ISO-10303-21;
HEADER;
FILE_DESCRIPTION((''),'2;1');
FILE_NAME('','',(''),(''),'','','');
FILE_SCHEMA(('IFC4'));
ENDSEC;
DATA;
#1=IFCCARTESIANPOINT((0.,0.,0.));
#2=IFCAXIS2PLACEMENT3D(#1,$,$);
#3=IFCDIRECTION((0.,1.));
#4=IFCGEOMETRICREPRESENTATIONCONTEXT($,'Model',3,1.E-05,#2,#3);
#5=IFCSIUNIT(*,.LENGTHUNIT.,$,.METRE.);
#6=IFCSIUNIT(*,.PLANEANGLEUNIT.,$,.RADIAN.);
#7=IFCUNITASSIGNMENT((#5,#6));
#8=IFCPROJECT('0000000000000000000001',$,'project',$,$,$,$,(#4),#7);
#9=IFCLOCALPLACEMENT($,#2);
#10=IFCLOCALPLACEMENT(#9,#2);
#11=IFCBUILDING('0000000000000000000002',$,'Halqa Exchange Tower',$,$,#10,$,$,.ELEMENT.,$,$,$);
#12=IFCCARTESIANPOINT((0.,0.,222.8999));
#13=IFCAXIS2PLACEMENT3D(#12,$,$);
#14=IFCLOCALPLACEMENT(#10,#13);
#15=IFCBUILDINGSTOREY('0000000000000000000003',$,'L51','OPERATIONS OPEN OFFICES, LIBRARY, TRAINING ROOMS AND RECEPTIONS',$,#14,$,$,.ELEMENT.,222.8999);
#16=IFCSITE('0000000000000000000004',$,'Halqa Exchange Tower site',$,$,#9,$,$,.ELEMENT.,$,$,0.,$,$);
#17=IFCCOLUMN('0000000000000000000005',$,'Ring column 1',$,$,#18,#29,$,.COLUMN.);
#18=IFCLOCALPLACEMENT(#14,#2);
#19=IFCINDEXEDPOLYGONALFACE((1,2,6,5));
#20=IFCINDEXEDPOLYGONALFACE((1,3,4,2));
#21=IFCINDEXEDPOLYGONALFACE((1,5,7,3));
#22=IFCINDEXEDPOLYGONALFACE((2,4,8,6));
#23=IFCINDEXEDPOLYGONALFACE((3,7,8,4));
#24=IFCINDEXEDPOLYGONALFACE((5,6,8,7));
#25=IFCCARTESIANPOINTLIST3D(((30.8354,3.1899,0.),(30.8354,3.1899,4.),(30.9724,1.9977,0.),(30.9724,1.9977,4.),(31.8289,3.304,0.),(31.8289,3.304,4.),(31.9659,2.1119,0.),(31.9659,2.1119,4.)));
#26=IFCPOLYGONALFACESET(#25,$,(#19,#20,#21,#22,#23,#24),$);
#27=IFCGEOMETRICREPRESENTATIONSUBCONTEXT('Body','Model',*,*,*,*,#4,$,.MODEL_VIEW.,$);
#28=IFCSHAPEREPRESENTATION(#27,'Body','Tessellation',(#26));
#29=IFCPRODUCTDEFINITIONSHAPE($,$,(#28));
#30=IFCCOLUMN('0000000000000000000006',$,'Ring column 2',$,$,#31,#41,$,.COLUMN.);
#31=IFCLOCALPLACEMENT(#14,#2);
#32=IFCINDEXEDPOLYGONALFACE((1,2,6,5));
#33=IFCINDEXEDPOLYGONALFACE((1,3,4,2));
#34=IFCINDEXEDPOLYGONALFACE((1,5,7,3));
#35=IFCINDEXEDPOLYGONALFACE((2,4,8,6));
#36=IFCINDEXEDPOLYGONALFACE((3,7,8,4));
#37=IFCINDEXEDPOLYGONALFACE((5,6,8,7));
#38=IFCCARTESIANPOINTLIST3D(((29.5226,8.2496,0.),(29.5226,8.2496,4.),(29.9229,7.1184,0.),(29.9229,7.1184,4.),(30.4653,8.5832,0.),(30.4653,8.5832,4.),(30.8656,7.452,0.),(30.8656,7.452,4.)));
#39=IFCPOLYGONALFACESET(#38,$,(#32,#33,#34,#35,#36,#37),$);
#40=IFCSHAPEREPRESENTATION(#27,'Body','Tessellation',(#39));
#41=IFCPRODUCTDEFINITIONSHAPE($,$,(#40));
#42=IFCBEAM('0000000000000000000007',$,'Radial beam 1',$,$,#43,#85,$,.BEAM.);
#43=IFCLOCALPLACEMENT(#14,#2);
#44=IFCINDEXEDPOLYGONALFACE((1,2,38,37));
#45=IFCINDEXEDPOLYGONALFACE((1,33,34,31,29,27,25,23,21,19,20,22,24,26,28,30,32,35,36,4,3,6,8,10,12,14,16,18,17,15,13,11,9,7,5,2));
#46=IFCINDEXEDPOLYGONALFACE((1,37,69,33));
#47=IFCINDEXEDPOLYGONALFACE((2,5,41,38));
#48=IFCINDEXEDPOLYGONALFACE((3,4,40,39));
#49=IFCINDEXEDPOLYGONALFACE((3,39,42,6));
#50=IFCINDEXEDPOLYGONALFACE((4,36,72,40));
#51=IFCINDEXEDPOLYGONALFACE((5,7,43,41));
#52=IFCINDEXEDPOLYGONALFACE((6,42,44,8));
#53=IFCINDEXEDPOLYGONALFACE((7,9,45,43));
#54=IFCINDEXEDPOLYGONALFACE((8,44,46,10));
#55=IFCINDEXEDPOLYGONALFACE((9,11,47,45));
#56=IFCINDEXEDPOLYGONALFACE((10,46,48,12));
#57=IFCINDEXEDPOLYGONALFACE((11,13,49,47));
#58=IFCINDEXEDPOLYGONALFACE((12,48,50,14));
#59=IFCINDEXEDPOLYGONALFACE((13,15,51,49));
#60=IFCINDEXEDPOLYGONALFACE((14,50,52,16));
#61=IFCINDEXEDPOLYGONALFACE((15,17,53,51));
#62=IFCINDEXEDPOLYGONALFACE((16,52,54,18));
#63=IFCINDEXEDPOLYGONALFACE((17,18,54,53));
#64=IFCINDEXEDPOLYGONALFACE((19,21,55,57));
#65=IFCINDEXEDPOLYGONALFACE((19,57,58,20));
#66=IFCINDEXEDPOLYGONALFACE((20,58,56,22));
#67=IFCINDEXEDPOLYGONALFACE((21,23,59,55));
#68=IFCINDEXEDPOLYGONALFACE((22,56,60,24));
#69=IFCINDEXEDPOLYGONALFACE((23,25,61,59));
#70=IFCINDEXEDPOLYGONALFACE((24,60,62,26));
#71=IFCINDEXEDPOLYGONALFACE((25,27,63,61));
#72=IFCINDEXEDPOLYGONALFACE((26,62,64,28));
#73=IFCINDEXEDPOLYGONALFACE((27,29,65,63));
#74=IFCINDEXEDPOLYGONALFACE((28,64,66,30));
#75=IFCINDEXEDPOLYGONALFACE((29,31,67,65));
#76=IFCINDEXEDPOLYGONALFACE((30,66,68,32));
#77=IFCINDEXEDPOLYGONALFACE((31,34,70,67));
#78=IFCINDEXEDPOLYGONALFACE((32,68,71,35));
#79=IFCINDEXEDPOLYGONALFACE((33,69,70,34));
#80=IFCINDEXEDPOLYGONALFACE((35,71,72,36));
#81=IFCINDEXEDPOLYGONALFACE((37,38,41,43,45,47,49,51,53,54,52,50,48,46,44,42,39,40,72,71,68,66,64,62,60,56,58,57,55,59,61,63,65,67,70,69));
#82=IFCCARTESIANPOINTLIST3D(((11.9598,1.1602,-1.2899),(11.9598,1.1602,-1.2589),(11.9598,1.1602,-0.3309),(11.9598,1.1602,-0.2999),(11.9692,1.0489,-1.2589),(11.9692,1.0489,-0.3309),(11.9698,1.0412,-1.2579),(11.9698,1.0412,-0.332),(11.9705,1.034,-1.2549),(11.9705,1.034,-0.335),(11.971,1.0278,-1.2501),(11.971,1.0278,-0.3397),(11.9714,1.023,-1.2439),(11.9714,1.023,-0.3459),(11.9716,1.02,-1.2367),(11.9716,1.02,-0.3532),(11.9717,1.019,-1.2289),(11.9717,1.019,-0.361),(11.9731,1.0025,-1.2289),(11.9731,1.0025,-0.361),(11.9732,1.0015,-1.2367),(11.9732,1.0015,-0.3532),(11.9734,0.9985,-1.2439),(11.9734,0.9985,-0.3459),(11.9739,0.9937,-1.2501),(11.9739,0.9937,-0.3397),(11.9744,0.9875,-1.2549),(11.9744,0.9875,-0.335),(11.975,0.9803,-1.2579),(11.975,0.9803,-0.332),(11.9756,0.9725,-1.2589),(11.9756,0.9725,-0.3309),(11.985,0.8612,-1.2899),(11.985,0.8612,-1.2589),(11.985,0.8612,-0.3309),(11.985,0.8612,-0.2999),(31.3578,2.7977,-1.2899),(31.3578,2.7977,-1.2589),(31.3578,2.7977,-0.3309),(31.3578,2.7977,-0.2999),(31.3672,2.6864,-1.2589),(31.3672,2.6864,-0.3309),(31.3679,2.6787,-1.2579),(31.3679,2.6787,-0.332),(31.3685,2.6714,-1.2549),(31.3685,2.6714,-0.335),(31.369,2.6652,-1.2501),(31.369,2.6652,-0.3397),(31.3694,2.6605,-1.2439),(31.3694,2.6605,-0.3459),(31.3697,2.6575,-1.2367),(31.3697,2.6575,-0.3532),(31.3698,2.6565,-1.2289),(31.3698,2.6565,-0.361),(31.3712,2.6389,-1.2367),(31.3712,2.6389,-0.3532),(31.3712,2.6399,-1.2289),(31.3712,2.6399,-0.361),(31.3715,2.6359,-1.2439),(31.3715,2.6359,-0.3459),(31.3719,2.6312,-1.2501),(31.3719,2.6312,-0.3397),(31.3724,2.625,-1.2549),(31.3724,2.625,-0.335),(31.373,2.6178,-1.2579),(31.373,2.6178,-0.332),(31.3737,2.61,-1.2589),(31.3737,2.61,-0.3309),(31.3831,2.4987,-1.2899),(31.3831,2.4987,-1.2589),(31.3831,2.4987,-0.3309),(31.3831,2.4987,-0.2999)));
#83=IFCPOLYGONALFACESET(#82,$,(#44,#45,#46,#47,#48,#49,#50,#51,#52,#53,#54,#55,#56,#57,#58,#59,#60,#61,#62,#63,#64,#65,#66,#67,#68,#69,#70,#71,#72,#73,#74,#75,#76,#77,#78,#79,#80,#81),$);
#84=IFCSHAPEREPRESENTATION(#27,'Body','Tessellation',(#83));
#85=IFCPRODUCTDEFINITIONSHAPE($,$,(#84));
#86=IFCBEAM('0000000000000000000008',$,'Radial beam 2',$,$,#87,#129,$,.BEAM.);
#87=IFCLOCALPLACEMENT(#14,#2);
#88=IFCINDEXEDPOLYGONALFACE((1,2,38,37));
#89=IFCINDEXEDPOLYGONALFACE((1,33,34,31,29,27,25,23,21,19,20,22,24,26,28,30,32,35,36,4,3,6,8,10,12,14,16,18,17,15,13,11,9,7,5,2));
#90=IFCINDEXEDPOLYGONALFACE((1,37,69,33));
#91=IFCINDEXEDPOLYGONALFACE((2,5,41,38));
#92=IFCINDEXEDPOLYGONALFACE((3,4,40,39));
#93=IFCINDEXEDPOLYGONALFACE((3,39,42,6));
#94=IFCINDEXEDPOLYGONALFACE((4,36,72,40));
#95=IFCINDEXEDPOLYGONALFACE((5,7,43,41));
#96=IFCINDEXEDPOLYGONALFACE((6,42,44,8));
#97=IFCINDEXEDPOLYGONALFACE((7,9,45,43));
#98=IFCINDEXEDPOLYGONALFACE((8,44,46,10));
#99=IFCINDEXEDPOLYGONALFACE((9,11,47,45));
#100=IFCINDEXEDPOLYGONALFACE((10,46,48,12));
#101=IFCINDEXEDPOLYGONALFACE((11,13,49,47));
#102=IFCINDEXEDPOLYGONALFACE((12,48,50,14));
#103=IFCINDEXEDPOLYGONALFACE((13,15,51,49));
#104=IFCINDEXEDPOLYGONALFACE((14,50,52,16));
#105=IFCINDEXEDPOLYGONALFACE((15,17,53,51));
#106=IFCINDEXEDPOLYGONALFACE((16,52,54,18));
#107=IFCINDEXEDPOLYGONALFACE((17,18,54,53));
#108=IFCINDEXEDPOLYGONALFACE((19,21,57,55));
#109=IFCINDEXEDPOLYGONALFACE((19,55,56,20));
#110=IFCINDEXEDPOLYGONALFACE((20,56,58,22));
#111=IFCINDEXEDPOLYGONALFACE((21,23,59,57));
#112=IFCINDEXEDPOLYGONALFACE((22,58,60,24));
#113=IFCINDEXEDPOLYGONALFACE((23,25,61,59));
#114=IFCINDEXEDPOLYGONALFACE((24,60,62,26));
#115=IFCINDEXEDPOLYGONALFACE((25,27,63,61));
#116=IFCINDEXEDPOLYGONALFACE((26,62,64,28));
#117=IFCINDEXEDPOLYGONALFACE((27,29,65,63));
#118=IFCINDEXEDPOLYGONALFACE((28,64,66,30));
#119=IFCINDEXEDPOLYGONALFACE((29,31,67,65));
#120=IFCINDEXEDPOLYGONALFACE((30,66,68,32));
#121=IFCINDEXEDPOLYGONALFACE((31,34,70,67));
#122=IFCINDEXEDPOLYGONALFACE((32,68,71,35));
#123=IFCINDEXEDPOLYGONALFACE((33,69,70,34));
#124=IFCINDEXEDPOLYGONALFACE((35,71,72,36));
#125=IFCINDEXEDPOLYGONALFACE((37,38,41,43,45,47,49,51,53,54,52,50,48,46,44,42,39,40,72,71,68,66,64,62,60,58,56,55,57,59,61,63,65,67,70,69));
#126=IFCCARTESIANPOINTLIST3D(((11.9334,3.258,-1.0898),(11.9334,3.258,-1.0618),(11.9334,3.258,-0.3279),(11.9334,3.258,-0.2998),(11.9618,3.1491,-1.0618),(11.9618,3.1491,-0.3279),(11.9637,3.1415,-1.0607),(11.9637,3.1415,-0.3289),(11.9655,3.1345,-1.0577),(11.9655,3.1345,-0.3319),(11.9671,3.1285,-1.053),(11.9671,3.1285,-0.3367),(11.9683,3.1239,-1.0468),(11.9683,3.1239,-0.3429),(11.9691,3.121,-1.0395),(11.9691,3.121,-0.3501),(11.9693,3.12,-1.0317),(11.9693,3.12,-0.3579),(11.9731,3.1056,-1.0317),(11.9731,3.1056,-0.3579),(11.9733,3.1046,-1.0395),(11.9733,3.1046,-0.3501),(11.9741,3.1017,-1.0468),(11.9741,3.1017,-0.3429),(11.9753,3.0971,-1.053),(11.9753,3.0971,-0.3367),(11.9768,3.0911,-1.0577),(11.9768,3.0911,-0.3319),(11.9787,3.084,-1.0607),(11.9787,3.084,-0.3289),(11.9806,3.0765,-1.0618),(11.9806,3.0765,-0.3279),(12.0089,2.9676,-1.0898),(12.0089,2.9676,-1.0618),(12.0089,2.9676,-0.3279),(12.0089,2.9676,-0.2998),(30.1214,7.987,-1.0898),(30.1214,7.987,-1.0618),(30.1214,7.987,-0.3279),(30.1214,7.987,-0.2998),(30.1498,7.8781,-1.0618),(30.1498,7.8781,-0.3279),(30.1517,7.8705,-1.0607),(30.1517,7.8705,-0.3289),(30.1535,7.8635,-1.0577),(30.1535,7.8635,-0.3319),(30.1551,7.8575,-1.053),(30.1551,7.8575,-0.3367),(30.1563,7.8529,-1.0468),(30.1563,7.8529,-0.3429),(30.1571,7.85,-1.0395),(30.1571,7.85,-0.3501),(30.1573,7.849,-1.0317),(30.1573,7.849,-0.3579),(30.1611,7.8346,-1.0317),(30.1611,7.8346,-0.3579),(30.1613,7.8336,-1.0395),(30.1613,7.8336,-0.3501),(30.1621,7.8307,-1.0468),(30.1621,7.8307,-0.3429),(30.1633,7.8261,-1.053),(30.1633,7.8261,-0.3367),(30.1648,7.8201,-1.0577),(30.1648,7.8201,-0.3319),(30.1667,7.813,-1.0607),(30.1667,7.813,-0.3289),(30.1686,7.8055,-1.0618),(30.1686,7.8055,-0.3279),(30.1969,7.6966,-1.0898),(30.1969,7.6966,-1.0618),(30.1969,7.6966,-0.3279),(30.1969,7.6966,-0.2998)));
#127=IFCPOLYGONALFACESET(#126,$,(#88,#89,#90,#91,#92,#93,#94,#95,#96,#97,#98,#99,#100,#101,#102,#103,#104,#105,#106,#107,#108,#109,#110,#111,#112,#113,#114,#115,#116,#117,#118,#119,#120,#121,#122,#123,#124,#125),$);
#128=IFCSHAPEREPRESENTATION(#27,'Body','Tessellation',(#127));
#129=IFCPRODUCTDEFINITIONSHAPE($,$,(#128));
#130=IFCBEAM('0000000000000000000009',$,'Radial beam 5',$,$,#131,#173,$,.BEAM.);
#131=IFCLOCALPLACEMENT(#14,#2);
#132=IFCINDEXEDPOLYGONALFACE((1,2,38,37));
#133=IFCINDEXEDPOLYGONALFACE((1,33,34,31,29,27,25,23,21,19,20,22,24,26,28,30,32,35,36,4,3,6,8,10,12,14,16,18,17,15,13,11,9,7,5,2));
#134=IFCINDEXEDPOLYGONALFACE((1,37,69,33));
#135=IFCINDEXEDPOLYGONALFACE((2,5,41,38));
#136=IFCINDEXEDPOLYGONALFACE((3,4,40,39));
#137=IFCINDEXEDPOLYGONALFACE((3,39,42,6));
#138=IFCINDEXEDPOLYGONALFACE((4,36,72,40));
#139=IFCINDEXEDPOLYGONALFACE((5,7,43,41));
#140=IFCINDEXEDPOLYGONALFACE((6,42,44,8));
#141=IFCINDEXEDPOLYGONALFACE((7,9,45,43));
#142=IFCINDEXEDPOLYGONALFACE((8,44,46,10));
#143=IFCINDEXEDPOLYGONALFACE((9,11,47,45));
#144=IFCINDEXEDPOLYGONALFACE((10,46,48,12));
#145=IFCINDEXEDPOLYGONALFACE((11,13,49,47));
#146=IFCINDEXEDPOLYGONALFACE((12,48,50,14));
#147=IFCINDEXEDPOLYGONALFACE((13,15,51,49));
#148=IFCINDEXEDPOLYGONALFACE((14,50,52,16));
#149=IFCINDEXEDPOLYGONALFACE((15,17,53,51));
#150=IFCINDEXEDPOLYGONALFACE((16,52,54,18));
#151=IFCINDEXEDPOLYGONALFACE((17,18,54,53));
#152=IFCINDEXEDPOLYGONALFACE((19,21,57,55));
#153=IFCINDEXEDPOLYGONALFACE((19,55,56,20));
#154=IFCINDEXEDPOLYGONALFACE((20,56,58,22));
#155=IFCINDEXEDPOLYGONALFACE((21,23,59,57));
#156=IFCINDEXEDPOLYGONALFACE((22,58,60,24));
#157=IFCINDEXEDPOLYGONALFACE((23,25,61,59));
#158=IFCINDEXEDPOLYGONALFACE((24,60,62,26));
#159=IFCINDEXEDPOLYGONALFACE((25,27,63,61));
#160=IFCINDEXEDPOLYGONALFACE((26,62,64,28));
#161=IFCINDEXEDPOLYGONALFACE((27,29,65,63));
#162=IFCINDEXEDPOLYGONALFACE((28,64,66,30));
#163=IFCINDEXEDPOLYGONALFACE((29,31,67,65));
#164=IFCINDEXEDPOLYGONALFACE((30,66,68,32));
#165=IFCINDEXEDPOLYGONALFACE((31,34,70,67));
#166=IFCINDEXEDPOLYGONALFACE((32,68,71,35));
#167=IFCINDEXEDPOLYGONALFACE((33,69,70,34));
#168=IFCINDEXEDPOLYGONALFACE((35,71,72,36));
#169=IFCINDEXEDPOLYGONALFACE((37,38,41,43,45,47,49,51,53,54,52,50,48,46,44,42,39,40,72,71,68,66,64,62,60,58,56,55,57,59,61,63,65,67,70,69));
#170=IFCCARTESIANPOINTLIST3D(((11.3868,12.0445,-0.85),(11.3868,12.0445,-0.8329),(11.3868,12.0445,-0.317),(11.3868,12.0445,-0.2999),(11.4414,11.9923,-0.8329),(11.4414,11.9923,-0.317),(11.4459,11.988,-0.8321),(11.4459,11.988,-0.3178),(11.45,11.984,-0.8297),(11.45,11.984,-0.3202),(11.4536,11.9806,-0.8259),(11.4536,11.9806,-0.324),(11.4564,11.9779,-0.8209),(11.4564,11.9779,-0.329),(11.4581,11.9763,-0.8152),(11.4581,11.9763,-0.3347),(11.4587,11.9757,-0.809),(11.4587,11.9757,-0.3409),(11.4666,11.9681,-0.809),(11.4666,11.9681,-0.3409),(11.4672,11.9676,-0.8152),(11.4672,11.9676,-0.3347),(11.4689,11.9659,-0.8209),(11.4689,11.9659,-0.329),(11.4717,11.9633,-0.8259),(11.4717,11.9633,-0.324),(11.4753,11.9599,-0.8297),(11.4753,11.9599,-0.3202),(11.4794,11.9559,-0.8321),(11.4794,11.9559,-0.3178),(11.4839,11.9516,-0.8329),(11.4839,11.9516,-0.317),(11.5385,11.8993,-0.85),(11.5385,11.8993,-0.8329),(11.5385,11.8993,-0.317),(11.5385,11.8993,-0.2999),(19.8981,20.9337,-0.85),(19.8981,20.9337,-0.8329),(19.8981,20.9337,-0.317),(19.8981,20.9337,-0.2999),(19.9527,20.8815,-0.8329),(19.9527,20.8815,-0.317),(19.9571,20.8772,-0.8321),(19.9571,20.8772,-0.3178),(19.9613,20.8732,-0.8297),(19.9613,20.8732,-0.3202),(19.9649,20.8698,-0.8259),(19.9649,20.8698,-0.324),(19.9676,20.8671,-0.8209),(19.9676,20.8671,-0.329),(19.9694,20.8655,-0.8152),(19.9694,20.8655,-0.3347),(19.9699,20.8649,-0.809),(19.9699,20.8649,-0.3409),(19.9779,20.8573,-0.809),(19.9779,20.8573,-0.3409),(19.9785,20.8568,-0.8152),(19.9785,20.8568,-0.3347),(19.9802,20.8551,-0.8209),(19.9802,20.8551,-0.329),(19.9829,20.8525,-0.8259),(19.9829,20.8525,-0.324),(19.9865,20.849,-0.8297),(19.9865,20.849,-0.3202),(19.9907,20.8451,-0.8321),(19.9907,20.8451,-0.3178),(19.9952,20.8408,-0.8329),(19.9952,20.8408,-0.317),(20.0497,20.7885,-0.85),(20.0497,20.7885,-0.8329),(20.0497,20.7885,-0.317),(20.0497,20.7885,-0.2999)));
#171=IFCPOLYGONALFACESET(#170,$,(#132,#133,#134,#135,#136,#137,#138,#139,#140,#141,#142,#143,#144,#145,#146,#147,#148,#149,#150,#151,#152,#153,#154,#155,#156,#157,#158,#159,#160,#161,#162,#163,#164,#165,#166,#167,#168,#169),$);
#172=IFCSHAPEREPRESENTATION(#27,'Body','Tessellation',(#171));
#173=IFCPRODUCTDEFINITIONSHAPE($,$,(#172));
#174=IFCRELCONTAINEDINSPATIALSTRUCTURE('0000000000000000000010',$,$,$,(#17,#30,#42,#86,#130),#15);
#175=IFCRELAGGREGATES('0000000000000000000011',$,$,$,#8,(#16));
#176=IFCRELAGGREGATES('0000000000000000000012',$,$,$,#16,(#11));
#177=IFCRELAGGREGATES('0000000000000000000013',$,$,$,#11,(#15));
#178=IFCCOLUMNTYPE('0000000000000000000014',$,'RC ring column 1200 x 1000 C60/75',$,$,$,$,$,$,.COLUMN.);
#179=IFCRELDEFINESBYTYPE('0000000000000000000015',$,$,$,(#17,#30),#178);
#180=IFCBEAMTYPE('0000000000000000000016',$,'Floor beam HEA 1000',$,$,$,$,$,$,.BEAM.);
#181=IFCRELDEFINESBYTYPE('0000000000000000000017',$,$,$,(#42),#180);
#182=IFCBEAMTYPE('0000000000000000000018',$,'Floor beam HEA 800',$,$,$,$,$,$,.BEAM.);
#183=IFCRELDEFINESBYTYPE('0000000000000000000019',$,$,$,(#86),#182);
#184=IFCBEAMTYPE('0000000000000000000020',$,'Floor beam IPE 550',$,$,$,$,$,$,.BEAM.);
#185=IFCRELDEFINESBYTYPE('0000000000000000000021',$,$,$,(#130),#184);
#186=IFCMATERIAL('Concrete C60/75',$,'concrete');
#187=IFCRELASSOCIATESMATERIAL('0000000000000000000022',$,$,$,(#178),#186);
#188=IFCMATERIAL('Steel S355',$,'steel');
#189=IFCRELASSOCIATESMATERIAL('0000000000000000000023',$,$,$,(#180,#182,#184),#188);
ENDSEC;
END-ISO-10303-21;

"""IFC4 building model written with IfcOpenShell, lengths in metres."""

from ifc_helpers import new_model, si_unit, direction, frame, origin, origin_2d, place, context, subcontext, project, spatial, rectangle, i_section, extrude, material, material_profile, profile_set, type_object, element, save


model = new_model("IFC4")

# Units and contexts
model_context = context("Model", 3, precision=1e-05, world=origin(), true_north=direction((0.0, 1.0)))
body_context = subcontext(model_context, "Body", "Model", "MODEL_VIEW")
ifc_project = project(units=[si_unit("LENGTHUNIT", "METRE"), si_unit("PLANEANGLEUNIT", "RADIAN")], contexts=[model_context])

# Site, building, storey
site_placement = place(None, origin())
site = spatial("IfcSite", under=ifc_project, at=site_placement, Name="Halqa Exchange Tower site", CompositionType="ELEMENT", RefElevation=0.0)
building_placement = place(site_placement, origin())
building = spatial("IfcBuilding", under=site, at=building_placement, Name="Halqa Exchange Tower", CompositionType="ELEMENT")
storey_placement = place(building_placement, frame((0.0, 0.0, 222.8999)))
storey = spatial("IfcBuildingStorey", under=building, at=storey_placement, Name="L51", Description="OPERATIONS OPEN OFFICES, LIBRARY, TRAINING ROOMS AND RECEPTIONS", CompositionType="ELEMENT", Elevation=222.8999)

# Columns
ifc_material_1 = material(Name="Concrete C60/75", Category="concrete")
ifc_material_profile_1 = material_profile(ifc_material_1, rectangle(XDim=1.2, YDim=1.0, at=origin_2d()), Name="1200 x 1000")
ifc_profile_set_1 = profile_set([ifc_material_profile_1], Name="Concrete C60/75")
column_type = type_object("IfcColumnType", Name="RC ring column 1200 x 1000 C60/75", PredefinedType="COLUMN", material=ifc_profile_set_1)
for number, where, z_axis, x_axis, name in (
    (1, (31.4006, 2.6509, 0.0), (0.0, 0.0, 1.0), (-0.114153, 0.993463, 0.0), "Ring column 1"),
    (2, (30.1941, 7.8508, 0.0), (0.0, 0.0, 1.0), (-0.333631, 0.942704, 0.0), "Ring column 2"),
):
    element("IfcColumn", number, at=place(storey_placement, frame(where, z_axis=z_axis, x_axis=x_axis)), inside=storey, type_object=column_type, Name=name, PredefinedType="COLUMN", context=body_context, shape_type="SweptSolid", body=[
        extrude(rectangle(XDim=1.2, YDim=1.0, at=origin_2d()), origin(), (0.0, 0.0, 1.0), 4.0),
    ])

# Beams
ifc_material_2 = material(Name="Steel S355", Category="steel")
ifc_material_profile_2 = material_profile(ifc_material_2, i_section(OverallWidth=0.3, OverallDepth=0.99, WebThickness=0.0166, FlangeThickness=0.031, FilletRadius=0.03, at=origin_2d()), Name="HEA 1000")
ifc_profile_set_2 = profile_set([ifc_material_profile_2], Name="Steel S355")
beam_type_1 = type_object("IfcBeamType", Name="Floor beam HEA 1000", PredefinedType="BEAM", material=ifc_profile_set_2)
beam_1_placement = place(storey_placement, frame((11.9724, 1.0107, -0.7949), z_axis=(0.996456, 0.084114, 0.0), x_axis=(-0.084114, 0.996456, 0.0)))
element("IfcBeam", 3, at=beam_1_placement, inside=storey, type_object=beam_type_1, Name="Radial beam 1", PredefinedType="BEAM", context=body_context, shape_type="SweptSolid", body=[
    extrude(i_section(OverallWidth=0.3, OverallDepth=0.99, WebThickness=0.0166, FlangeThickness=0.031, FilletRadius=0.03, at=origin_2d()), origin(), (0.0, 0.0, 1.0), 19.467),
])
ifc_material_profile_3 = material_profile(ifc_material_2, i_section(OverallWidth=0.3, OverallDepth=0.79, WebThickness=0.0149, FlangeThickness=0.0281, FilletRadius=0.03, at=origin_2d()), Name="HEA 800")
ifc_profile_set_3 = profile_set([ifc_material_profile_3], Name="Steel S355")
beam_type_2 = type_object("IfcBeamType", Name="Floor beam HEA 800", PredefinedType="BEAM", material=ifc_profile_set_3)
beam_2_placement = place(storey_placement, frame((11.9712, 3.1128, -0.6948), z_axis=(0.967821, 0.25164, 0.0), x_axis=(-0.25164, 0.967821, 0.0)))
element("IfcBeam", 4, at=beam_2_placement, inside=storey, type_object=beam_type_2, Name="Radial beam 2", PredefinedType="BEAM", context=body_context, shape_type="SweptSolid", body=[
    extrude(i_section(OverallWidth=0.3, OverallDepth=0.79, WebThickness=0.0149, FlangeThickness=0.0281, FilletRadius=0.03, at=origin_2d()), origin(), (0.0, 0.0, 1.0), 18.7927),
])
ifc_material_profile_4 = material_profile(ifc_material_2, i_section(OverallWidth=0.21, OverallDepth=0.55, WebThickness=0.011, FlangeThickness=0.0171, FilletRadius=0.0239, at=origin_2d()), Name="IPE 550")
ifc_profile_set_4 = profile_set([ifc_material_profile_4], Name="Steel S355")
beam_type_3 = type_object("IfcBeamType", Name="Floor beam IPE 550", PredefinedType="BEAM", material=ifc_profile_set_4)
beam_3_placement = place(storey_placement, frame((11.4626, 11.9719, -0.575), z_axis=(0.691586, 0.722295, 0.0), x_axis=(-0.722295, 0.691586, 0.0)))
element("IfcBeam", 5, at=beam_3_placement, inside=storey, type_object=beam_type_3, Name="Radial beam 5", PredefinedType="BEAM", context=body_context, shape_type="SweptSolid", body=[
    extrude(i_section(OverallWidth=0.21, OverallDepth=0.55, WebThickness=0.011, FlangeThickness=0.0171, FilletRadius=0.0239, at=origin_2d()), origin(), (0.0, 0.0, 1.0), 12.3069),
])

save(model, "model.ifc")
